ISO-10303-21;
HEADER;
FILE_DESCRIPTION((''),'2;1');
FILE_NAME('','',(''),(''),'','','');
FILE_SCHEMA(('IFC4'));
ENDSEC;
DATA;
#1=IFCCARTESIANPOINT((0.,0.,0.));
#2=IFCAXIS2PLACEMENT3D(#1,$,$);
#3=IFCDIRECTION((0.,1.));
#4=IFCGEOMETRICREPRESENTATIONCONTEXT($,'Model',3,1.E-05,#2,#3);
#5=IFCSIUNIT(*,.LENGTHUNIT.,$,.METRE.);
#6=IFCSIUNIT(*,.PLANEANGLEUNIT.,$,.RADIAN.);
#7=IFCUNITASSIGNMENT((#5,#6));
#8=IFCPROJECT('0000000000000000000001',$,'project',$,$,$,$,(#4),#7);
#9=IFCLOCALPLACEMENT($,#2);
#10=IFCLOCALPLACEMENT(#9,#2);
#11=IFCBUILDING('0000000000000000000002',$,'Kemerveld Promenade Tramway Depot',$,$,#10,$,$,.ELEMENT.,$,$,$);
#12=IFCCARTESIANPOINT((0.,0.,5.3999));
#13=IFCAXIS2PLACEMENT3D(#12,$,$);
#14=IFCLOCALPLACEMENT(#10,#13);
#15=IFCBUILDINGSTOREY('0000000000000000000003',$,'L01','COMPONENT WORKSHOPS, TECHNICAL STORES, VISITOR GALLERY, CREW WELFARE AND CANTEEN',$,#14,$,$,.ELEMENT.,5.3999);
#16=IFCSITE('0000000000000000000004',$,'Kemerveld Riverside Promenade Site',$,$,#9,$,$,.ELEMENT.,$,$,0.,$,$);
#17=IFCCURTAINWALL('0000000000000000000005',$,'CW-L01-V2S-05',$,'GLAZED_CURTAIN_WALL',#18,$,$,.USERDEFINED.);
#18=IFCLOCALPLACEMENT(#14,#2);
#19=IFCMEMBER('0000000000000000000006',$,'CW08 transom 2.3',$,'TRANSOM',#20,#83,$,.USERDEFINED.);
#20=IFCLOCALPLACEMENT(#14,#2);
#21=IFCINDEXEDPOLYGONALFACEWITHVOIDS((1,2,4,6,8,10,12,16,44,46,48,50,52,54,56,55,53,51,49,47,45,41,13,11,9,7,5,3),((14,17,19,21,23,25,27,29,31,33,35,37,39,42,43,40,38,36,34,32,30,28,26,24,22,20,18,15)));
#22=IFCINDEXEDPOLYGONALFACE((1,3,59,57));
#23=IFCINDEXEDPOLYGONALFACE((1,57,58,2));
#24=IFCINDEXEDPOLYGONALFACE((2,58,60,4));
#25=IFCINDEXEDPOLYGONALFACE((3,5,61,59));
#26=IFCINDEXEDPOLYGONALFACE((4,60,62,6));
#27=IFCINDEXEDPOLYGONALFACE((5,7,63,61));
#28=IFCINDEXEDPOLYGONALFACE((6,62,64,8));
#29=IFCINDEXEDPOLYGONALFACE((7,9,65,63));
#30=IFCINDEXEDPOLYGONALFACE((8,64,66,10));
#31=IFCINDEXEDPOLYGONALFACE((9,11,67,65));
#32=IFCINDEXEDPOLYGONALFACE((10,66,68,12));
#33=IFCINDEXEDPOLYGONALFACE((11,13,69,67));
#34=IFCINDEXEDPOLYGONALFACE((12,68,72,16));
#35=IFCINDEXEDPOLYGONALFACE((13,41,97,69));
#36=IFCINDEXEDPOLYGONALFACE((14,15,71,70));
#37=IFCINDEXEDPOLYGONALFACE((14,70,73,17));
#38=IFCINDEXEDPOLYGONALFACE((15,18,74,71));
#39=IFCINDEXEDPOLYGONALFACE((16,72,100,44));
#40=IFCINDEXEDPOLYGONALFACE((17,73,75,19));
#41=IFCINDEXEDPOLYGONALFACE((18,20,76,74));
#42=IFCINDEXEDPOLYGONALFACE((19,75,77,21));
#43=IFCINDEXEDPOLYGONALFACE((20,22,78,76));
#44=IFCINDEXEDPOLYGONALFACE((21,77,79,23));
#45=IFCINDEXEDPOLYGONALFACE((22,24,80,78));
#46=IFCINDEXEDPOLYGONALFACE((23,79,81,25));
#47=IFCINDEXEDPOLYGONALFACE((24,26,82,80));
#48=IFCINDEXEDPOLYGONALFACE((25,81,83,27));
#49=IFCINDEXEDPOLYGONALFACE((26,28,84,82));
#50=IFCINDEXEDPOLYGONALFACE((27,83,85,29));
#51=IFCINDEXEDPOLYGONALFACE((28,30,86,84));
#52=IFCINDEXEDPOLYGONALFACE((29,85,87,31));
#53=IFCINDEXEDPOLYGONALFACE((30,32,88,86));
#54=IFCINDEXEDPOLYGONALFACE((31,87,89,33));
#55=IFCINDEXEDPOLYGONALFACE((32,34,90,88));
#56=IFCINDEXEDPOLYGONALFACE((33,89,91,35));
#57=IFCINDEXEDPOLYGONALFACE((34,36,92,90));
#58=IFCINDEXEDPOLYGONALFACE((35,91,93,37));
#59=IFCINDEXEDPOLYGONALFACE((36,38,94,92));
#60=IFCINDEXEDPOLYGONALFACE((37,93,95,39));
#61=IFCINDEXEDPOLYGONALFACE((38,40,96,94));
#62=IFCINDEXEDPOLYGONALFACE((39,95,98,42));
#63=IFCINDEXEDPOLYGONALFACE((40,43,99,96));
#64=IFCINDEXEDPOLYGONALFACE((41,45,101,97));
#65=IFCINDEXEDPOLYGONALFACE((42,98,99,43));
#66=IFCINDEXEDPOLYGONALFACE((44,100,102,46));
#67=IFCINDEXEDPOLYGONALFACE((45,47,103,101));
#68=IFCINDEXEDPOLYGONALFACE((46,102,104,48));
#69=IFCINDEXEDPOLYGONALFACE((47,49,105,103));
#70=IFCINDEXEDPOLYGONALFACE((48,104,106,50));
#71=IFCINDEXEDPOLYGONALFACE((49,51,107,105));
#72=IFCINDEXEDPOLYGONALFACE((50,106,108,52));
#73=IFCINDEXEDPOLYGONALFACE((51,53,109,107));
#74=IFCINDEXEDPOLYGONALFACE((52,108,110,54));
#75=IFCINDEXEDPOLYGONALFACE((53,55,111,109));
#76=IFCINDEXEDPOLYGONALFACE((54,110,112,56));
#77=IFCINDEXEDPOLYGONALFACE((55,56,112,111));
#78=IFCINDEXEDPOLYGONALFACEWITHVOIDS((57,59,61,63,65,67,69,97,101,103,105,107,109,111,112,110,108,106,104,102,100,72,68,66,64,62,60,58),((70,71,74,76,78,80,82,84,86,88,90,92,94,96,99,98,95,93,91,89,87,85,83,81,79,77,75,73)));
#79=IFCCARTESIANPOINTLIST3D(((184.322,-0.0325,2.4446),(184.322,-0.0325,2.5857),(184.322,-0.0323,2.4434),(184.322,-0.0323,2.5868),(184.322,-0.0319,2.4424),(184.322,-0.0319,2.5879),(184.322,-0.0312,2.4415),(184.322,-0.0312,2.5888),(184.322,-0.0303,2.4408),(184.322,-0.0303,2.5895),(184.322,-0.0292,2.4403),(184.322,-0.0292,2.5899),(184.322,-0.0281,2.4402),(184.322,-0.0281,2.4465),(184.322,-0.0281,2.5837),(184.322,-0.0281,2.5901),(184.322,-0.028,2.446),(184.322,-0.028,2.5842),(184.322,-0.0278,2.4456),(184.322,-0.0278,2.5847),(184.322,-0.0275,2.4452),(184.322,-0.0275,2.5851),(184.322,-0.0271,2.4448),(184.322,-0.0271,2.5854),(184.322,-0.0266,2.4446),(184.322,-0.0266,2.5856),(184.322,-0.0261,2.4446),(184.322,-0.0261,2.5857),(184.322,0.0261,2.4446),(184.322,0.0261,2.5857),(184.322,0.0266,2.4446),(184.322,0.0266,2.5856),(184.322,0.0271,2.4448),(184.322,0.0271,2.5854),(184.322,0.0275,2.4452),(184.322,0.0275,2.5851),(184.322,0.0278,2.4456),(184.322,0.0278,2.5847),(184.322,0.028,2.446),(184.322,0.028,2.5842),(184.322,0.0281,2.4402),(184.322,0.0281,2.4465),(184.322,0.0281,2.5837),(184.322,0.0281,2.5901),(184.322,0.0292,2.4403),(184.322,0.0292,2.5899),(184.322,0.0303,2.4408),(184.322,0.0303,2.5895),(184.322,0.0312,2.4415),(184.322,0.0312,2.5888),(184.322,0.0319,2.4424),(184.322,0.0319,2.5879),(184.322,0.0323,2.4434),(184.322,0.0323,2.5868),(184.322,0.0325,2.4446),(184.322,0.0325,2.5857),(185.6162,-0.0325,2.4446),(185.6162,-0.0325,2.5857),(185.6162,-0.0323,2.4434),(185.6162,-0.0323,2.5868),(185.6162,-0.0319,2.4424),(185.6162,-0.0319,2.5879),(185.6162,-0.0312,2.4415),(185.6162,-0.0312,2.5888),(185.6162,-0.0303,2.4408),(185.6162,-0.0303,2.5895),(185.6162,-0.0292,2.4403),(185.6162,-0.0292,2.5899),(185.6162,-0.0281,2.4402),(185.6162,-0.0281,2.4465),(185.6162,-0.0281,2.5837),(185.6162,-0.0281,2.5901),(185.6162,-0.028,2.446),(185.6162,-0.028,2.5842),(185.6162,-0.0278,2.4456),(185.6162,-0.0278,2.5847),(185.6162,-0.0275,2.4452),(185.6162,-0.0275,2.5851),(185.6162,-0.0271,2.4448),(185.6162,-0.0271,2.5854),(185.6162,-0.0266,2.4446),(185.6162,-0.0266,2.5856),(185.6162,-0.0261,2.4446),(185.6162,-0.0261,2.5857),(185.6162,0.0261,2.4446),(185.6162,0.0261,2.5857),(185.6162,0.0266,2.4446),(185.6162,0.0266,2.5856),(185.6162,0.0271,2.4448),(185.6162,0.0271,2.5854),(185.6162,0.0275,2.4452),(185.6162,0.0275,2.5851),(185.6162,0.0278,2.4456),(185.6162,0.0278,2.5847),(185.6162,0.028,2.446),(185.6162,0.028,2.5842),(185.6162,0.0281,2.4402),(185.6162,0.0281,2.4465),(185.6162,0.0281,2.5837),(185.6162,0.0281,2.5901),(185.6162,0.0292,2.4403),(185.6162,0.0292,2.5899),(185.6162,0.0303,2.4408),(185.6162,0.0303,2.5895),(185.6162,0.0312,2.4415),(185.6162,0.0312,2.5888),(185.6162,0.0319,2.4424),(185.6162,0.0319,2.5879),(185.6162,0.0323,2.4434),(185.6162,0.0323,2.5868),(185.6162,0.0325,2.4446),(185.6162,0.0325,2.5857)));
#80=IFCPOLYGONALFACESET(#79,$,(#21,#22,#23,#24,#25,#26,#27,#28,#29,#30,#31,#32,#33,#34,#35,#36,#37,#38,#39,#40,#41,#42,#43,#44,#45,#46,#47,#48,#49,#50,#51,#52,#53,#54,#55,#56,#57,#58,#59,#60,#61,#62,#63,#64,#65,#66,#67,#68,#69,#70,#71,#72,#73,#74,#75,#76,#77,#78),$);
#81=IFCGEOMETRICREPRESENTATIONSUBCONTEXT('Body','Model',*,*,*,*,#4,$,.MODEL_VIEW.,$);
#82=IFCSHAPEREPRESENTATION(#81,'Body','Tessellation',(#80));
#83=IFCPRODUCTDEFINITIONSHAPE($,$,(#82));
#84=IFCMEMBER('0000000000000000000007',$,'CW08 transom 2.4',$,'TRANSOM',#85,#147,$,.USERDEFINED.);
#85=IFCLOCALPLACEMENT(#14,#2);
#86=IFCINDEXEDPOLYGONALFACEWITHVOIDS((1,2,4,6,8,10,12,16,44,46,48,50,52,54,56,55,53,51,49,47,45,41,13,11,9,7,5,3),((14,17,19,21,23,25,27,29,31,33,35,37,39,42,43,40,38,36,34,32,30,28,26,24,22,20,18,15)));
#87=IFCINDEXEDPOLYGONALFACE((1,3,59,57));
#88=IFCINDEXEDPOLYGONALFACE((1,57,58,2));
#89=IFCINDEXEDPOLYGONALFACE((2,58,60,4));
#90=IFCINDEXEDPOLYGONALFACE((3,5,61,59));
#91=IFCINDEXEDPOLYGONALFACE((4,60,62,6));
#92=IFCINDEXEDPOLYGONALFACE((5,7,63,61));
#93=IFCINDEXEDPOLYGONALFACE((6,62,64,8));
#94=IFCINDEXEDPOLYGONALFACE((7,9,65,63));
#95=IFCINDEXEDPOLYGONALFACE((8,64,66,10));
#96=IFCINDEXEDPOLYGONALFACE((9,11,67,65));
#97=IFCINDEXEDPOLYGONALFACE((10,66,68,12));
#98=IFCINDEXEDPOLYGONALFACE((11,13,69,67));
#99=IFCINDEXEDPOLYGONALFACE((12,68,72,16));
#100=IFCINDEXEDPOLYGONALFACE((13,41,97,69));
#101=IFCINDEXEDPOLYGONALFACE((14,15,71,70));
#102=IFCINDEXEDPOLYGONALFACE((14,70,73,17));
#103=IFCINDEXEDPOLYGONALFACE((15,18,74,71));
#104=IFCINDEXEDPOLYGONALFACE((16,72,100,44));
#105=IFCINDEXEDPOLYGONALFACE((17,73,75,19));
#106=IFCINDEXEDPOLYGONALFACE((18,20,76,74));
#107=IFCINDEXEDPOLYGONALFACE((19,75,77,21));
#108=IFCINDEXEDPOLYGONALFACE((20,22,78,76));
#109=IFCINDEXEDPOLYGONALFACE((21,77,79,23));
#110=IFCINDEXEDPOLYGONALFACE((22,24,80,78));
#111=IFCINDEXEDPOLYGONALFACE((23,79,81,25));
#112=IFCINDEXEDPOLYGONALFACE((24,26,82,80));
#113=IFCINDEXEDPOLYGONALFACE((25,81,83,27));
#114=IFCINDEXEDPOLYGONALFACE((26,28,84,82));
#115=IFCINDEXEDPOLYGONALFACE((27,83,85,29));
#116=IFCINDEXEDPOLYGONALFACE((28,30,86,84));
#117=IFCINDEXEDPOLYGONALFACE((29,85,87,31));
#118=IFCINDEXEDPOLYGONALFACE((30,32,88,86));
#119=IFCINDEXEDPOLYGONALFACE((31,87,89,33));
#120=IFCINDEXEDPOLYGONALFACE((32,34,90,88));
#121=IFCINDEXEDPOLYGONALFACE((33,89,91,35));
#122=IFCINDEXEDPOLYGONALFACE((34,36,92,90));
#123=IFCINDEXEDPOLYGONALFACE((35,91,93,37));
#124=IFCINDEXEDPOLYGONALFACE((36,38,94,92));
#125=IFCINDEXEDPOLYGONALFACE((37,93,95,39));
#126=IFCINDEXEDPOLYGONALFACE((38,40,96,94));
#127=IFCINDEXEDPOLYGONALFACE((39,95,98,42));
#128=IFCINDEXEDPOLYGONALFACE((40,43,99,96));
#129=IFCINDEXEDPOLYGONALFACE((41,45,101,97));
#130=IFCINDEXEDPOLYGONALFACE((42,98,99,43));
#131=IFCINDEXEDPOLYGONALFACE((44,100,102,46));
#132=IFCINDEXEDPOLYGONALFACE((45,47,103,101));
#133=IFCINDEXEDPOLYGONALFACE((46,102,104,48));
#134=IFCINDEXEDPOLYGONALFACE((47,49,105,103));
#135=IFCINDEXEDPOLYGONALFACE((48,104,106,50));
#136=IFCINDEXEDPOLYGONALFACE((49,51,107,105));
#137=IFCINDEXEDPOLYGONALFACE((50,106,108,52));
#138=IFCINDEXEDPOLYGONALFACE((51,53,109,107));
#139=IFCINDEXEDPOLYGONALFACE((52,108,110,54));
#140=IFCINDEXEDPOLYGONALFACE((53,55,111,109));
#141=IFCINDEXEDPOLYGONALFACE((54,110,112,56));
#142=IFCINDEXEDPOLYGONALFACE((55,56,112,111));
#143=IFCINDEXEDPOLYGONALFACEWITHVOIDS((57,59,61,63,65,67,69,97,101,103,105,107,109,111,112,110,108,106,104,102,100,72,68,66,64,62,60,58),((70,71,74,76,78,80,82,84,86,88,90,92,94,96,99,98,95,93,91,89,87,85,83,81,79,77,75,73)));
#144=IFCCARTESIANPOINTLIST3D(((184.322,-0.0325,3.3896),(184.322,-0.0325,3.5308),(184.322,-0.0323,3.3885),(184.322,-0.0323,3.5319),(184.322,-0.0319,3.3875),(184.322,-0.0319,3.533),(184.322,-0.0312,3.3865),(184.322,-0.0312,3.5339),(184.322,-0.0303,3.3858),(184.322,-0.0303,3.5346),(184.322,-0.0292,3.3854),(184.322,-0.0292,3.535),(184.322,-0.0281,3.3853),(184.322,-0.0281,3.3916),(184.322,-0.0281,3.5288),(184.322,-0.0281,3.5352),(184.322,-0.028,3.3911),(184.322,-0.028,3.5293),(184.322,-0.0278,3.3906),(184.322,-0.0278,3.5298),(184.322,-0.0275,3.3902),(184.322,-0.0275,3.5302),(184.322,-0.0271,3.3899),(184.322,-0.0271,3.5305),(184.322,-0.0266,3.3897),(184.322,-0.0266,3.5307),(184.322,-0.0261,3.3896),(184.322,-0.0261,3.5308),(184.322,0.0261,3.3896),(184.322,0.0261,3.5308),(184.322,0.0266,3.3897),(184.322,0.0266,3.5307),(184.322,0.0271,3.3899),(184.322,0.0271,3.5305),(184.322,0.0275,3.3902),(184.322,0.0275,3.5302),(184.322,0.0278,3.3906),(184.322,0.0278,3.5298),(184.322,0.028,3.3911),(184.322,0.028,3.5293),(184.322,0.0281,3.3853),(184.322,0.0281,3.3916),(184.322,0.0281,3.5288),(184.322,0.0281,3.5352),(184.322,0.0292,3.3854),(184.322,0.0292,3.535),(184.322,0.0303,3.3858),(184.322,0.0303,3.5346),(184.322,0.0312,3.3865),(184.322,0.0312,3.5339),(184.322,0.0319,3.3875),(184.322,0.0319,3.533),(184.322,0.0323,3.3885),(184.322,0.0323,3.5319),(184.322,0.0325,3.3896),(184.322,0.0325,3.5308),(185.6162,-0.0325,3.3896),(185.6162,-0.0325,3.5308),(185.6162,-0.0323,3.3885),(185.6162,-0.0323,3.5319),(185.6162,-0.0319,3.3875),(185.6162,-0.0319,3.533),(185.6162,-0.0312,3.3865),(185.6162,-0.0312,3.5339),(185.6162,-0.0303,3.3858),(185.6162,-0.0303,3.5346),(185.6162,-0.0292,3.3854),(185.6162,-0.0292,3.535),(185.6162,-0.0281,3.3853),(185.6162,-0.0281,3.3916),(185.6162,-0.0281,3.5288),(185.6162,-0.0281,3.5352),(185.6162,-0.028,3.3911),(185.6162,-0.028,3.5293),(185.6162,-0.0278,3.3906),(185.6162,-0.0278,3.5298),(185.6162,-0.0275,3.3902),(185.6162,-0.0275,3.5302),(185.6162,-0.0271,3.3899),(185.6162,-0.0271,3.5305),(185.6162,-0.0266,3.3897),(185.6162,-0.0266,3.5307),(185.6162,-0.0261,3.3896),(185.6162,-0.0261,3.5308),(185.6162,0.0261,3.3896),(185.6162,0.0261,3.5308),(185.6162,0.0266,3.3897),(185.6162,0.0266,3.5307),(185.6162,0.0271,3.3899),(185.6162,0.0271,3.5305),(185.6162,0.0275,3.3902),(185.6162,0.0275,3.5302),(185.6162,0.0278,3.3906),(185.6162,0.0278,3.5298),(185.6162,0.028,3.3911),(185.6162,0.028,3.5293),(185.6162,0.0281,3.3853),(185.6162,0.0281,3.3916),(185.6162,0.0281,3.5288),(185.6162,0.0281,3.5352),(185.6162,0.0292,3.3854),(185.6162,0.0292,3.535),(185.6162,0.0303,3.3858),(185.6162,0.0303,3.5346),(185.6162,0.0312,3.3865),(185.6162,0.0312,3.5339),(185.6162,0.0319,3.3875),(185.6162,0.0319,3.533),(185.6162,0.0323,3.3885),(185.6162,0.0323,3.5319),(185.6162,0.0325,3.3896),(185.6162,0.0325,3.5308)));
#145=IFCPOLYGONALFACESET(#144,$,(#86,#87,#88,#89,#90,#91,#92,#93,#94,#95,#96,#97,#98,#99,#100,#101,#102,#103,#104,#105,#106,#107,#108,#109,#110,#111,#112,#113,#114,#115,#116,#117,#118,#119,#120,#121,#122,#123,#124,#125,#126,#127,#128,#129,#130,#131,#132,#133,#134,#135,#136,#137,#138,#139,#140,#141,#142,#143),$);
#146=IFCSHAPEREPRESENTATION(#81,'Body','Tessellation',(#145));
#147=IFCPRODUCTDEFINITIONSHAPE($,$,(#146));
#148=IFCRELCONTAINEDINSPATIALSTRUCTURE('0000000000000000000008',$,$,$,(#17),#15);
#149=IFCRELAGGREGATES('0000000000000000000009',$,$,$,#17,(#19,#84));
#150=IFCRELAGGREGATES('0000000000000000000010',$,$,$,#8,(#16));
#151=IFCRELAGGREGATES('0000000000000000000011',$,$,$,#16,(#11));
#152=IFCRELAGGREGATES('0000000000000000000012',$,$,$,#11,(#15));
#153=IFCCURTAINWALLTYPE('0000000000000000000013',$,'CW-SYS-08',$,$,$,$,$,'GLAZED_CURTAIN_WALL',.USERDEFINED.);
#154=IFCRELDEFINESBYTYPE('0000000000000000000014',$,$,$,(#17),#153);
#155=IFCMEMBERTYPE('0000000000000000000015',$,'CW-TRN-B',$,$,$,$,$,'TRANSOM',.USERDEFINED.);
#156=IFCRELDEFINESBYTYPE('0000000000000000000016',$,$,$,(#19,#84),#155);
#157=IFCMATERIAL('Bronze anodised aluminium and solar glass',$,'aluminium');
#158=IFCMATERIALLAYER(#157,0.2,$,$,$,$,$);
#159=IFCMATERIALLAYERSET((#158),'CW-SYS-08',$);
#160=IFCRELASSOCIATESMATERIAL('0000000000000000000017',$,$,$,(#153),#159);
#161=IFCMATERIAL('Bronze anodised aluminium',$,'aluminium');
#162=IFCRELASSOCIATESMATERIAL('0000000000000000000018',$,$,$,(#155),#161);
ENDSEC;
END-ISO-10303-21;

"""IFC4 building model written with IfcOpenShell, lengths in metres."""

from ifc_helpers import new_model, si_unit, direction, frame, origin, origin_2d, place, context, subcontext, project, spatial, hollow_rectangle, extrude, material, layer, layer_set, material_profile, profile_set, type_object, element, aggregate, save


model = new_model("IFC4")

# Units and contexts
model_context = context("Model", 3, precision=1e-05, world=origin(), true_north=direction((0.0, 1.0)))
body_context = subcontext(model_context, "Body", "Model", "MODEL_VIEW")
ifc_project = project(units=[si_unit("LENGTHUNIT", "METRE"), si_unit("PLANEANGLEUNIT", "RADIAN")], contexts=[model_context])

# Site, building, storey
site_placement = place(None, origin())
site = spatial("IfcSite", under=ifc_project, at=site_placement, Name="Kemerveld Riverside Promenade Site", CompositionType="ELEMENT", RefElevation=0.0)
building_placement = place(site_placement, origin())
building = spatial("IfcBuilding", under=site, at=building_placement, Name="Kemerveld Promenade Tramway Depot", CompositionType="ELEMENT")
storey_placement = place(building_placement, frame((0.0, 0.0, 5.3999)))
storey = spatial("IfcBuildingStorey", under=building, at=storey_placement, Name="L01", Description="COMPONENT WORKSHOPS, TECHNICAL STORES, VISITOR GALLERY, CREW WELFARE AND CANTEEN", CompositionType="ELEMENT", Elevation=5.3999)

# Curtain wall, members
ifc_material_1 = material(Name="Bronze anodised aluminium and solar glass", Category="aluminium")
ifc_layer_1 = layer(ifc_material_1, 0.2)
ifc_layer_set_1 = layer_set([ifc_layer_1], Name="CW-SYS-08")
curtain_wall_type = type_object("IfcCurtainWallType", Name="CW-SYS-08", ElementType="GLAZED_CURTAIN_WALL", PredefinedType="USERDEFINED", material=ifc_layer_set_1)
curtain_wall_placement = place(storey_placement, origin())
curtain_wall = element("IfcCurtainWall", 1, at=curtain_wall_placement, inside=storey, type_object=curtain_wall_type, Name="CW-L01-V2S-05", ObjectType="GLAZED_CURTAIN_WALL", PredefinedType="USERDEFINED")
ifc_material_2 = material(Name="Bronze anodised aluminium", Category="aluminium")
ifc_material_profile_1 = material_profile(ifc_material_2, hollow_rectangle(XDim=0.0649, YDim=0.1499, WallThickness=0.0044, InnerFilletRadius=0.002, OuterFilletRadius=0.0044, at=origin_2d()), Name="CW-TRN-150x65")
ifc_profile_set_1 = profile_set([ifc_material_profile_1], Name="Bronze anodised aluminium")
member_type_1 = type_object("IfcMemberType", Name="CW-TRN-B", ElementType="TRANSOM", PredefinedType="USERDEFINED", material=ifc_profile_set_1)
member_1_placement = place(storey_placement, frame((185.6162, 0.0, 2.5151), z_axis=(-1.0, 0.0, 0.0), x_axis=(0.0, -1.0, 0.0)))
member_1 = element("IfcMember", 2, at=member_1_placement, type_object=member_type_1, Name="CW08 transom 2.3", ObjectType="TRANSOM", PredefinedType="USERDEFINED", context=body_context, shape_type="SweptSolid", body=[
    extrude(hollow_rectangle(XDim=0.0649, YDim=0.1499, WallThickness=0.0044, InnerFilletRadius=0.002, OuterFilletRadius=0.0044, at=origin_2d()), origin(), (0.0, 0.0, 1.0), 1.2942),
])
member_2_placement = place(storey_placement, frame((185.6162, 0.0, 3.4602), z_axis=(-1.0, 0.0, 0.0), x_axis=(0.0, -1.0, 0.0)))
member_2 = element("IfcMember", 3, at=member_2_placement, type_object=member_type_1, Name="CW08 transom 2.4", ObjectType="TRANSOM", PredefinedType="USERDEFINED", context=body_context, shape_type="SweptSolid", body=[
    extrude(hollow_rectangle(XDim=0.0649, YDim=0.1499, WallThickness=0.0044, InnerFilletRadius=0.002, OuterFilletRadius=0.0044, at=origin_2d()), origin(), (0.0, 0.0, 1.0), 1.2942),
])
aggregate(curtain_wall, [member_1, member_2])

save(model, "model.ifc")
